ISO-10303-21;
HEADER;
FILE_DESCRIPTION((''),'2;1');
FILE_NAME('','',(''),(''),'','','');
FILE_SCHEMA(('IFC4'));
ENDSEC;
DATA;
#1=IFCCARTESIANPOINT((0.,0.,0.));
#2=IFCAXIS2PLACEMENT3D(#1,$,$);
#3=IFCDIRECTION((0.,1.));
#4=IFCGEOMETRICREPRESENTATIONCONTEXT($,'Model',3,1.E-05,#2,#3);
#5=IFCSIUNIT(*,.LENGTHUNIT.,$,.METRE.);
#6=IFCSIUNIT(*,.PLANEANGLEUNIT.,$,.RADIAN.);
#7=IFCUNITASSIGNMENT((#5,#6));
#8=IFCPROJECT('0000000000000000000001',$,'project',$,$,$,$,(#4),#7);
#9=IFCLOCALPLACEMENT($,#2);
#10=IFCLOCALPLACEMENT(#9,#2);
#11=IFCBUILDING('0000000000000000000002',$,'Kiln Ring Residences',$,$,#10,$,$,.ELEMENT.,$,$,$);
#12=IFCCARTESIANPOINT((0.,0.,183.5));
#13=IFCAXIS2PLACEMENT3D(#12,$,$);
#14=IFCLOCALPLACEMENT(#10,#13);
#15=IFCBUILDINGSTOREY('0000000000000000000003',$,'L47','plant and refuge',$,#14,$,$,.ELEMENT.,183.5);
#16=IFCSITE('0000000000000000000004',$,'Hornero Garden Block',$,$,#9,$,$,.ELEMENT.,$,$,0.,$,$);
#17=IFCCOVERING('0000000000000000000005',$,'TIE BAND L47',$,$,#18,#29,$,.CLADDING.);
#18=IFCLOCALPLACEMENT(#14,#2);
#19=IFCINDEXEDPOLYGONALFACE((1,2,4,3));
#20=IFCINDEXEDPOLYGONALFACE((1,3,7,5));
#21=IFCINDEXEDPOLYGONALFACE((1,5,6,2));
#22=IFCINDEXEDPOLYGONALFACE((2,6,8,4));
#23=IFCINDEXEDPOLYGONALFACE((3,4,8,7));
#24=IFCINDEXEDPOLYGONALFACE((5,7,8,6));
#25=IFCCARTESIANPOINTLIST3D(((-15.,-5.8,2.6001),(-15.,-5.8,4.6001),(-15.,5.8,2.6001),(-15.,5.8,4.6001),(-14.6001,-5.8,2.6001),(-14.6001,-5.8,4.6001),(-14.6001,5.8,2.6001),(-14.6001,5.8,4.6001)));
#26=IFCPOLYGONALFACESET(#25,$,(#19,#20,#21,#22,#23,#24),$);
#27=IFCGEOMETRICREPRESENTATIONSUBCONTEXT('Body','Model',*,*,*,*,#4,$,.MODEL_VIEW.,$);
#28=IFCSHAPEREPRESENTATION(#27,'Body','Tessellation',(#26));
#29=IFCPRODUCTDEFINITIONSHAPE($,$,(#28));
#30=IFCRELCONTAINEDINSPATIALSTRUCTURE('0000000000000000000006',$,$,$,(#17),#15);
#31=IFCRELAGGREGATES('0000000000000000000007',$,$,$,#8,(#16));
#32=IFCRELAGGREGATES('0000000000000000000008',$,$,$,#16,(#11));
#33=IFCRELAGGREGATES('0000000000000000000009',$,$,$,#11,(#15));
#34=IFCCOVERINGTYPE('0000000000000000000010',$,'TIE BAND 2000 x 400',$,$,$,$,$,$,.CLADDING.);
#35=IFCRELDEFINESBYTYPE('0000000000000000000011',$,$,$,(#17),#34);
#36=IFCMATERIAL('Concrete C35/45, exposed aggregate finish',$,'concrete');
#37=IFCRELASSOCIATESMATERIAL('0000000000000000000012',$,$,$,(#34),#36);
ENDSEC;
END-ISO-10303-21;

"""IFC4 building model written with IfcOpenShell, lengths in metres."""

from ifc_helpers import new_model, si_unit, direction, frame, origin, origin_2d, place, context, subcontext, project, spatial, rectangle, extrude, material, type_object, element, save


model = new_model("IFC4")

# Units and contexts
model_context = context("Model", 3, precision=1e-05, world=origin(), true_north=direction((0.0, 1.0)))
body_context = subcontext(model_context, "Body", "Model", "MODEL_VIEW")
ifc_project = project(units=[si_unit("LENGTHUNIT", "METRE"), si_unit("PLANEANGLEUNIT", "RADIAN")], contexts=[model_context])

# Site, building, storey
site_placement = place(None, origin())
site = spatial("IfcSite", under=ifc_project, at=site_placement, Name="Hornero Garden Block", CompositionType="ELEMENT", RefElevation=0.0)
building_placement = place(site_placement, origin())
building = spatial("IfcBuilding", under=site, at=building_placement, Name="Kiln Ring Residences", CompositionType="ELEMENT")
storey_placement = place(building_placement, frame((0.0, 0.0, 183.5)))
storey = spatial("IfcBuildingStorey", under=building, at=storey_placement, Name="L47", Description="plant and refuge", CompositionType="ELEMENT", Elevation=183.5)

# Covering
ifc_material_1 = material(Name="Concrete C35/45, exposed aggregate finish", Category="concrete")
covering_type = type_object("IfcCoveringType", Name="TIE BAND 2000 x 400", PredefinedType="CLADDING", material=ifc_material_1)
covering_1_placement = place(storey_placement, frame((-14.8, 0.0, 2.6001), z_axis=(0.0, 0.0, 1.0), x_axis=(0.0, 1.0, 0.0)))
element("IfcCovering", 1, at=covering_1_placement, inside=storey, type_object=covering_type, Name="TIE BAND L47", PredefinedType="CLADDING", context=body_context, shape_type="SweptSolid", body=[
    extrude(rectangle(XDim=11.6001, YDim=0.3999, at=origin_2d()), origin(), (0.0, 0.0, 1.0), 2.0),
])

save(model, "model.ifc")
